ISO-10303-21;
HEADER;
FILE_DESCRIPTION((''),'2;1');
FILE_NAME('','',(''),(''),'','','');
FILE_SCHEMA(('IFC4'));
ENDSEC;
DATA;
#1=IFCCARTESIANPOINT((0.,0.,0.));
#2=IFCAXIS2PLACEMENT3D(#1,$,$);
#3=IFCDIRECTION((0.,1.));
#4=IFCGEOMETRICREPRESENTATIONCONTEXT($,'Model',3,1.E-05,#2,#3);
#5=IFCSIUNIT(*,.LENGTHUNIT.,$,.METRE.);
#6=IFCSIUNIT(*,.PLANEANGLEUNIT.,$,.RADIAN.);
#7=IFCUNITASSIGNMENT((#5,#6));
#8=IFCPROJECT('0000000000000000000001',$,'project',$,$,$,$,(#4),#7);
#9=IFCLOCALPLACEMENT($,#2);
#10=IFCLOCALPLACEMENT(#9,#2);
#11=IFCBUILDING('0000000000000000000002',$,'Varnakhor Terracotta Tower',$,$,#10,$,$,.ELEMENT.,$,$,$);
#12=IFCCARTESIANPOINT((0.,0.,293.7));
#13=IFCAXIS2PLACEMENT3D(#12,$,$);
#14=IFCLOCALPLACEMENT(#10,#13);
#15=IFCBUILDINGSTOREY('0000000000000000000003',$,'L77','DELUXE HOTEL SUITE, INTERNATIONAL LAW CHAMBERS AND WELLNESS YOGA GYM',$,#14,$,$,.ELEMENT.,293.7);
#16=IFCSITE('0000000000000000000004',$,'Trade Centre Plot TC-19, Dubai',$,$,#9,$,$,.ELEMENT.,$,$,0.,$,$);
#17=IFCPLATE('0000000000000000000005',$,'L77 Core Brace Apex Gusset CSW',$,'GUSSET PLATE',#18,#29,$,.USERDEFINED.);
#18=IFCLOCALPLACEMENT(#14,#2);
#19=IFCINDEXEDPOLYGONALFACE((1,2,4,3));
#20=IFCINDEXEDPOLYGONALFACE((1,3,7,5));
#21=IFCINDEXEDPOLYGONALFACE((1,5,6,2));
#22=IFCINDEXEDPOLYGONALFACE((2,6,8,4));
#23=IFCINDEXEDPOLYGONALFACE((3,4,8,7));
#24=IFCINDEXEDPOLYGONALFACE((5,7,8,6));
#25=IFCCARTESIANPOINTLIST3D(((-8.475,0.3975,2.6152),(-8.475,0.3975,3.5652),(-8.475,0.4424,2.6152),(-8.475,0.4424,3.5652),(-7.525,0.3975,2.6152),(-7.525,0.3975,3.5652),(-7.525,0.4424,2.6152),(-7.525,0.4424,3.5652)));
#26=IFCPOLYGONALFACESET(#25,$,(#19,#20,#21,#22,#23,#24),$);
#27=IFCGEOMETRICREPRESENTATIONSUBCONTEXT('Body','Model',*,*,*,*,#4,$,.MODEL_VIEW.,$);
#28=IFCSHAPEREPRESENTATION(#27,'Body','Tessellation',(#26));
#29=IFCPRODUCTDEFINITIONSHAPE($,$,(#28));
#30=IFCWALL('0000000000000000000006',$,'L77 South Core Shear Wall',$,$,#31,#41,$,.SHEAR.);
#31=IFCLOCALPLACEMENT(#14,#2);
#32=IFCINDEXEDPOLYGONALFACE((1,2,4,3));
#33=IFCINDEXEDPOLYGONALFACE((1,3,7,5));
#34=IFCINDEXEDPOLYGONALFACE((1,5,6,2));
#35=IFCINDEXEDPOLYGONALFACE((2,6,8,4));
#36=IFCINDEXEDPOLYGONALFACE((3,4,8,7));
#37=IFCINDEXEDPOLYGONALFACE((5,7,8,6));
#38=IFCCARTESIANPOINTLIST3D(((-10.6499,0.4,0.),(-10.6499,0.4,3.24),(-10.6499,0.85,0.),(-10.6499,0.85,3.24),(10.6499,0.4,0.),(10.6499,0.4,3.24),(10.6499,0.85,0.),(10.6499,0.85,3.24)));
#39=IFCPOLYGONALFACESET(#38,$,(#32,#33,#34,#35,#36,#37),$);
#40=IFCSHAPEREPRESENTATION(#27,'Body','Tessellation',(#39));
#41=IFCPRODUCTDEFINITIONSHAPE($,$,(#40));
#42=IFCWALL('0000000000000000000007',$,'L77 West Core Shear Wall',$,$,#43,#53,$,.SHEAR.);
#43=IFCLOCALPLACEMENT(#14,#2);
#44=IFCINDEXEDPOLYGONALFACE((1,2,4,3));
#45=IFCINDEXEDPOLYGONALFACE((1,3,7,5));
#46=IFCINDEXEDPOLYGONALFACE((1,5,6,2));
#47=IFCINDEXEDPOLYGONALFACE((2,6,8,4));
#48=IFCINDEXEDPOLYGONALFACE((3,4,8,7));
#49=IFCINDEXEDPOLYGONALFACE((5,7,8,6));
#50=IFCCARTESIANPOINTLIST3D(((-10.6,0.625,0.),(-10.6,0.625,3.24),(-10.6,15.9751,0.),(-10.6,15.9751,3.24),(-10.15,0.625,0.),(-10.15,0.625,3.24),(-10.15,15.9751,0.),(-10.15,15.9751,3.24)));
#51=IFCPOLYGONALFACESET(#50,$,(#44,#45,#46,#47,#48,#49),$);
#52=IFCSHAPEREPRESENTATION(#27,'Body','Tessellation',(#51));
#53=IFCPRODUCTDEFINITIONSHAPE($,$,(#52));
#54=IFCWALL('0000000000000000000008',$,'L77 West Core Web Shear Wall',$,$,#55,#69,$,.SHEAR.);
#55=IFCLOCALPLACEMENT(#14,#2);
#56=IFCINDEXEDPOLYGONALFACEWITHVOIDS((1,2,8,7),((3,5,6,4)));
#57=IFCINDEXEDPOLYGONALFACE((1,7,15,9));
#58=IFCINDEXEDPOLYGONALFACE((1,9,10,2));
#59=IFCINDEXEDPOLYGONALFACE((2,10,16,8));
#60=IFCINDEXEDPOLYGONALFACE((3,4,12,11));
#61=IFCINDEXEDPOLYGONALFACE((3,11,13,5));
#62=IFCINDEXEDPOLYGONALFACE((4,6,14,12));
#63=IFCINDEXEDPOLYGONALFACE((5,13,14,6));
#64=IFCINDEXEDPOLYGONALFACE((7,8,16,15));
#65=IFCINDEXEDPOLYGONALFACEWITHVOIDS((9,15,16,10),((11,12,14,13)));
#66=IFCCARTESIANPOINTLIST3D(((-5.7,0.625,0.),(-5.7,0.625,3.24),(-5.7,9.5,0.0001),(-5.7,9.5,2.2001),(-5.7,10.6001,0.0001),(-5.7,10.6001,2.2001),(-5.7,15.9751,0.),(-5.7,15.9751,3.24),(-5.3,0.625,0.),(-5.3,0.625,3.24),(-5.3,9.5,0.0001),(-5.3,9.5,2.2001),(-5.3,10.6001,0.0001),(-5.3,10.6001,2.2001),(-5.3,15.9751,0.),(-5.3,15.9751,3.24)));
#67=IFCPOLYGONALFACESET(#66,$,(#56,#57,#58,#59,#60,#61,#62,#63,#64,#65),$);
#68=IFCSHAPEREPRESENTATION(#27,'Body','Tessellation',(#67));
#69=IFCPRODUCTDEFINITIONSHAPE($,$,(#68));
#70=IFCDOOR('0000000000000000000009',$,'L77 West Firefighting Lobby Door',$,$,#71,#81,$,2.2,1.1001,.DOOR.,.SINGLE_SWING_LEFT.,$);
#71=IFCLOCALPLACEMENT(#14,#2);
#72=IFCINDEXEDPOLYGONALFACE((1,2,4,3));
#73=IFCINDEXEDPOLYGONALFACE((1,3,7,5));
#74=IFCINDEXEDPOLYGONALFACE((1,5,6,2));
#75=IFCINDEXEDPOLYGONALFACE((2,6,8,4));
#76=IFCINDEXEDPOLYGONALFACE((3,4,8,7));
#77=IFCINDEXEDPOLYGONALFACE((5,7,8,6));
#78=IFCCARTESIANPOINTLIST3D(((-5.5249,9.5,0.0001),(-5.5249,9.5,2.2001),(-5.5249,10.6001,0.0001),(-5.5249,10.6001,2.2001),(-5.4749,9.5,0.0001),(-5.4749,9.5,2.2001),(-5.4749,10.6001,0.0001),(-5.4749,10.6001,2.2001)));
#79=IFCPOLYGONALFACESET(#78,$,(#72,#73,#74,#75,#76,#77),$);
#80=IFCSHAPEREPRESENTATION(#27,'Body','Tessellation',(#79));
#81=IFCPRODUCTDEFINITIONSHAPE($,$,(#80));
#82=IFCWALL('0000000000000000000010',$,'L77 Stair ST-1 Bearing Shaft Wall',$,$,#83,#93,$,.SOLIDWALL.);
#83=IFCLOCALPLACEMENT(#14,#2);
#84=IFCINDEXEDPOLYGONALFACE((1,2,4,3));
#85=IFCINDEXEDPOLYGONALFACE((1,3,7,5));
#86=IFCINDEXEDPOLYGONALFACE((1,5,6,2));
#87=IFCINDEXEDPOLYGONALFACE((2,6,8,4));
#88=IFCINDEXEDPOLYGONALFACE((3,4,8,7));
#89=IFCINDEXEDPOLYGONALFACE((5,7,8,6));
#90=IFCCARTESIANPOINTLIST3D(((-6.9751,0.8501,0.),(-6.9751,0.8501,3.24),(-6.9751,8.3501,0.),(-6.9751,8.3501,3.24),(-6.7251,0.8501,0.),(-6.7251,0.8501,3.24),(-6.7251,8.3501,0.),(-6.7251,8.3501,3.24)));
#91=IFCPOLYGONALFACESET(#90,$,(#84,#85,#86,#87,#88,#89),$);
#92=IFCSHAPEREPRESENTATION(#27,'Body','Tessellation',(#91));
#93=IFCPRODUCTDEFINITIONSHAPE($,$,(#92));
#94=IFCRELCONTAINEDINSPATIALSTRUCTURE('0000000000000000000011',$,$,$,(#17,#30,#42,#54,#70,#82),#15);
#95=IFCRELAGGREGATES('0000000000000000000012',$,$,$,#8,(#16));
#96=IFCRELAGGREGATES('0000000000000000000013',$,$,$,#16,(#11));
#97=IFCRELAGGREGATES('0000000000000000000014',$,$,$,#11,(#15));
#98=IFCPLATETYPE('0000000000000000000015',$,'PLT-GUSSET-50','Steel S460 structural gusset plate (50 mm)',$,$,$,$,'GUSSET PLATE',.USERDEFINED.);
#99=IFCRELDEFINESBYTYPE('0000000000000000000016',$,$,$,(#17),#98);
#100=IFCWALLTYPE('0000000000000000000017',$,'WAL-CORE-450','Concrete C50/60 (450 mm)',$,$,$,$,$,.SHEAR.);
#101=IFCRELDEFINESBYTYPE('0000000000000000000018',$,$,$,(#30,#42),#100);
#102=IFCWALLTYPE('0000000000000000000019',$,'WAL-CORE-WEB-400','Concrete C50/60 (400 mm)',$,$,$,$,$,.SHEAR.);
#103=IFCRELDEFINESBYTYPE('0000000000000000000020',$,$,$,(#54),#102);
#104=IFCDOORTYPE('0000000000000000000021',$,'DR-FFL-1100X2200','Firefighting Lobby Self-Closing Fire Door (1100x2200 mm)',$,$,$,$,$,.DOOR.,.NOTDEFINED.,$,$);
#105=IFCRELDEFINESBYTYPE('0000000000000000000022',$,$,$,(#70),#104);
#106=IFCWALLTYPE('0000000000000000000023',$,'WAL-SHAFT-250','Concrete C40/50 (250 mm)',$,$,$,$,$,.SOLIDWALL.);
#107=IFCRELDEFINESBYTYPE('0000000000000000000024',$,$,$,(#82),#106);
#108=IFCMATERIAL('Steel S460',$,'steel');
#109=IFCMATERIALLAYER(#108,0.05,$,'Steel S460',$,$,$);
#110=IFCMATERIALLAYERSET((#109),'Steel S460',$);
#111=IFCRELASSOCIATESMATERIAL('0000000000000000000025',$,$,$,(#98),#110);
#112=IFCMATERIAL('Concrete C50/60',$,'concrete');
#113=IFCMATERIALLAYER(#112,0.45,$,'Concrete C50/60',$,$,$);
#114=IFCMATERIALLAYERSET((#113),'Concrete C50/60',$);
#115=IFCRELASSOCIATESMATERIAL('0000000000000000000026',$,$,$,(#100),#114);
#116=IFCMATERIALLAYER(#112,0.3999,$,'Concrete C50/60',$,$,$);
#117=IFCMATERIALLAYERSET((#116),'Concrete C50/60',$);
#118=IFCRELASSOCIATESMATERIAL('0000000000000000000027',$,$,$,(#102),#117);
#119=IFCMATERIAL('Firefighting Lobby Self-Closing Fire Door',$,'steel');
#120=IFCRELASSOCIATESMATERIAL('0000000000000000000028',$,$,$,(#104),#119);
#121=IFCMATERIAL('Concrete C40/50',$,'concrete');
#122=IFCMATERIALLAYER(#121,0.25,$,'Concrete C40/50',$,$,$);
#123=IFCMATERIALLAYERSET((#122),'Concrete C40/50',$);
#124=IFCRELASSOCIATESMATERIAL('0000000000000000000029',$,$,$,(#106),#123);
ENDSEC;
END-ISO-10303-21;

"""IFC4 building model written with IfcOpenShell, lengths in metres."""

from ifc_helpers import new_model, si_unit, direction, frame, frame_2d, origin, origin_2d, place, context, subcontext, project, spatial, rectangle, extrude, source, transform, mapped, material, layer, layer_set, type_object, type_shapes, element, fill, save


model = new_model("IFC4")

# Units and contexts
model_context = context("Model", 3, precision=1e-05, world=origin(), true_north=direction((0.0, 1.0)))
body_context = subcontext(model_context, "Body", "Model", "MODEL_VIEW")
ifc_project = project(units=[si_unit("LENGTHUNIT", "METRE"), si_unit("PLANEANGLEUNIT", "RADIAN")], contexts=[model_context])

# Site, building, storey
site_placement = place(None, origin())
site = spatial("IfcSite", under=ifc_project, at=site_placement, Name="Trade Centre Plot TC-19, Dubai", CompositionType="ELEMENT", RefElevation=0.0)
building_placement = place(site_placement, origin())
building = spatial("IfcBuilding", under=site, at=building_placement, Name="Varnakhor Terracotta Tower", CompositionType="ELEMENT")
storey_placement = place(building_placement, frame((0.0, 0.0, 293.7)))
storey = spatial("IfcBuildingStorey", under=building, at=storey_placement, Name="L77", Description="DELUXE HOTEL SUITE, INTERNATIONAL LAW CHAMBERS AND WELLNESS YOGA GYM", CompositionType="ELEMENT", Elevation=293.7)

# Shared definitions
ifc_material_1 = material(Name="Concrete C50/60", Category="concrete")

# Plate
ifc_material_2 = material(Name="Steel S460", Category="steel")
ifc_layer_1 = layer(ifc_material_2, 0.05, Name="Steel S460")
ifc_layer_set_1 = layer_set([ifc_layer_1], Name="Steel S460")
plate_type = type_object("IfcPlateType", Name="PLT-GUSSET-50", Description="Steel S460 structural gusset plate (50 mm)", ElementType="GUSSET PLATE", PredefinedType="USERDEFINED", material=ifc_layer_set_1)
shared_shape_1 = source(origin(), body_context, "Body", "SweptSolid", [
    extrude(rectangle(XDim=0.95, YDim=0.0449, at=origin_2d()), origin(), (0.0, 0.0, 1.0), 0.95),
])
plate_placement = place(storey_placement, frame((-8.0, 0.4199, 2.6152), z_axis=(0.0, 0.0, 1.0), x_axis=(1.0, 0.0, 0.0)))
element("IfcPlate", 1, at=plate_placement, inside=storey, type_object=plate_type, Name="L77 Core Brace Apex Gusset CSW", ObjectType="GUSSET PLATE", PredefinedType="USERDEFINED", context=body_context, shape_type="MappedRepresentation", body=[
    mapped(shared_shape_1, transform((0.0, 0.0, 0.0), scale=1.0)),
])

# Walls
ifc_layer_2 = layer(ifc_material_1, 0.45, Name="Concrete C50/60")
ifc_layer_set_2 = layer_set([ifc_layer_2], Name="Concrete C50/60")
wall_type_1 = type_object("IfcWallType", Name="WAL-CORE-450", Description="Concrete C50/60 (450 mm)", PredefinedType="SHEAR", material=ifc_layer_set_2)
wall_1_placement = place(storey_placement, frame((-10.6499, 0.625, 0.0), z_axis=(0.0, 0.0, 1.0), x_axis=(1.0, 0.0, 0.0)))
element("IfcWall", 2, at=wall_1_placement, inside=storey, type_object=wall_type_1, Name="L77 South Core Shear Wall", PredefinedType="SHEAR", context=body_context, shape_type="SweptSolid", body=[
    extrude(rectangle(XDim=21.2998, YDim=0.45, at=frame_2d((10.6499, 0.0))), origin(), (0.0, 0.0, 1.0), 3.24),
])
wall_2_placement = place(storey_placement, frame((-10.375, 0.625, 0.0), z_axis=(0.0, 0.0, 1.0), x_axis=(0.0, 1.0, 0.0)))
element("IfcWall", 3, at=wall_2_placement, inside=storey, type_object=wall_type_1, Name="L77 West Core Shear Wall", PredefinedType="SHEAR", context=body_context, shape_type="SweptSolid", body=[
    extrude(rectangle(XDim=15.3501, YDim=0.45, at=frame_2d((7.675, 0.0))), origin(), (0.0, 0.0, 1.0), 3.24),
])

# Wall, opening, door
ifc_layer_3 = layer(ifc_material_1, 0.3999, Name="Concrete C50/60")
ifc_layer_set_3 = layer_set([ifc_layer_3], Name="Concrete C50/60")
wall_type_2 = type_object("IfcWallType", Name="WAL-CORE-WEB-400", Description="Concrete C50/60 (400 mm)", PredefinedType="SHEAR", material=ifc_layer_set_3)
wall_3_placement = place(storey_placement, frame((-5.5, 0.625, 0.0), z_axis=(0.0, 0.0, 1.0), x_axis=(0.0, 1.0, 0.0)))
wall_3 = element("IfcWall", 4, at=wall_3_placement, inside=storey, type_object=wall_type_2, Name="L77 West Core Web Shear Wall", PredefinedType="SHEAR", context=body_context, shape_type="SweptSolid", body=[
    extrude(rectangle(XDim=15.3501, YDim=0.3999, at=frame_2d((7.675, 0.0))), origin(), (0.0, 0.0, 1.0), 3.24),
])
opening_placement = place(wall_3_placement, frame((8.875, 0.0, 0.0)))
opening = element("IfcOpeningElement", 5, at=opening_placement, cuts=wall_3, PredefinedType="OPENING", context=body_context, shape_type="SweptSolid", body=[
    extrude(rectangle(XDim=1.1001, YDim=2.2, at=frame_2d((0.55, 1.1001))), frame((0.0, 0.21, 0.0), z_axis=(0.0, -1.0, 0.0), x_axis=(1.0, 0.0, 0.0)), (0.0, 0.0, 1.0), 0.4199),
])
ifc_material_3 = material(Name="Firefighting Lobby Self-Closing Fire Door", Category="steel")
door_type = type_object("IfcDoorType", Name="DR-FFL-1100X2200", Description="Firefighting Lobby Self-Closing Fire Door (1100x2200 mm)", OperationType="NOTDEFINED", PredefinedType="DOOR", material=ifc_material_3)
shared_shape_2 = source(origin(), body_context, "Body", "SweptSolid", [
    extrude(rectangle(XDim=1.1001, YDim=2.2, at=frame_2d((0.55, 1.1001))), frame((0.0, 0.0249, 0.0), z_axis=(0.0, -1.0, 0.0), x_axis=(1.0, 0.0, 0.0)), (0.0, 0.0, 1.0), 0.05),
])
type_shapes(door_type, [shared_shape_2])
door_placement = place(opening_placement, origin())
door = element("IfcDoor", 6, at=door_placement, inside=storey, type_object=door_type, Name="L77 West Firefighting Lobby Door", OperationType="SINGLE_SWING_LEFT", OverallHeight=2.2, OverallWidth=1.1001, PredefinedType="DOOR", context=body_context, shape_type="MappedRepresentation", body=[
    mapped(shared_shape_2, transform((0.0, 0.0, 0.0), scale=1.0)),
])
fill(opening, door)

# Wall
ifc_material_4 = material(Name="Concrete C40/50", Category="concrete")
ifc_layer_4 = layer(ifc_material_4, 0.25, Name="Concrete C40/50")
ifc_layer_set_4 = layer_set([ifc_layer_4], Name="Concrete C40/50")
wall_type_3 = type_object("IfcWallType", Name="WAL-SHAFT-250", Description="Concrete C40/50 (250 mm)", PredefinedType="SOLIDWALL", material=ifc_layer_set_4)
wall_4_placement = place(storey_placement, frame((-6.8501, 0.8501, 0.0), z_axis=(0.0, 0.0, 1.0), x_axis=(0.0, 1.0, 0.0)))
element("IfcWall", 7, at=wall_4_placement, inside=storey, type_object=wall_type_3, Name="L77 Stair ST-1 Bearing Shaft Wall", PredefinedType="SOLIDWALL", context=body_context, shape_type="SweptSolid", body=[
    extrude(rectangle(XDim=7.5, YDim=0.25, at=frame_2d((3.75, 0.0))), origin(), (0.0, 0.0, 1.0), 3.24),
])

save(model, "model.ifc")
